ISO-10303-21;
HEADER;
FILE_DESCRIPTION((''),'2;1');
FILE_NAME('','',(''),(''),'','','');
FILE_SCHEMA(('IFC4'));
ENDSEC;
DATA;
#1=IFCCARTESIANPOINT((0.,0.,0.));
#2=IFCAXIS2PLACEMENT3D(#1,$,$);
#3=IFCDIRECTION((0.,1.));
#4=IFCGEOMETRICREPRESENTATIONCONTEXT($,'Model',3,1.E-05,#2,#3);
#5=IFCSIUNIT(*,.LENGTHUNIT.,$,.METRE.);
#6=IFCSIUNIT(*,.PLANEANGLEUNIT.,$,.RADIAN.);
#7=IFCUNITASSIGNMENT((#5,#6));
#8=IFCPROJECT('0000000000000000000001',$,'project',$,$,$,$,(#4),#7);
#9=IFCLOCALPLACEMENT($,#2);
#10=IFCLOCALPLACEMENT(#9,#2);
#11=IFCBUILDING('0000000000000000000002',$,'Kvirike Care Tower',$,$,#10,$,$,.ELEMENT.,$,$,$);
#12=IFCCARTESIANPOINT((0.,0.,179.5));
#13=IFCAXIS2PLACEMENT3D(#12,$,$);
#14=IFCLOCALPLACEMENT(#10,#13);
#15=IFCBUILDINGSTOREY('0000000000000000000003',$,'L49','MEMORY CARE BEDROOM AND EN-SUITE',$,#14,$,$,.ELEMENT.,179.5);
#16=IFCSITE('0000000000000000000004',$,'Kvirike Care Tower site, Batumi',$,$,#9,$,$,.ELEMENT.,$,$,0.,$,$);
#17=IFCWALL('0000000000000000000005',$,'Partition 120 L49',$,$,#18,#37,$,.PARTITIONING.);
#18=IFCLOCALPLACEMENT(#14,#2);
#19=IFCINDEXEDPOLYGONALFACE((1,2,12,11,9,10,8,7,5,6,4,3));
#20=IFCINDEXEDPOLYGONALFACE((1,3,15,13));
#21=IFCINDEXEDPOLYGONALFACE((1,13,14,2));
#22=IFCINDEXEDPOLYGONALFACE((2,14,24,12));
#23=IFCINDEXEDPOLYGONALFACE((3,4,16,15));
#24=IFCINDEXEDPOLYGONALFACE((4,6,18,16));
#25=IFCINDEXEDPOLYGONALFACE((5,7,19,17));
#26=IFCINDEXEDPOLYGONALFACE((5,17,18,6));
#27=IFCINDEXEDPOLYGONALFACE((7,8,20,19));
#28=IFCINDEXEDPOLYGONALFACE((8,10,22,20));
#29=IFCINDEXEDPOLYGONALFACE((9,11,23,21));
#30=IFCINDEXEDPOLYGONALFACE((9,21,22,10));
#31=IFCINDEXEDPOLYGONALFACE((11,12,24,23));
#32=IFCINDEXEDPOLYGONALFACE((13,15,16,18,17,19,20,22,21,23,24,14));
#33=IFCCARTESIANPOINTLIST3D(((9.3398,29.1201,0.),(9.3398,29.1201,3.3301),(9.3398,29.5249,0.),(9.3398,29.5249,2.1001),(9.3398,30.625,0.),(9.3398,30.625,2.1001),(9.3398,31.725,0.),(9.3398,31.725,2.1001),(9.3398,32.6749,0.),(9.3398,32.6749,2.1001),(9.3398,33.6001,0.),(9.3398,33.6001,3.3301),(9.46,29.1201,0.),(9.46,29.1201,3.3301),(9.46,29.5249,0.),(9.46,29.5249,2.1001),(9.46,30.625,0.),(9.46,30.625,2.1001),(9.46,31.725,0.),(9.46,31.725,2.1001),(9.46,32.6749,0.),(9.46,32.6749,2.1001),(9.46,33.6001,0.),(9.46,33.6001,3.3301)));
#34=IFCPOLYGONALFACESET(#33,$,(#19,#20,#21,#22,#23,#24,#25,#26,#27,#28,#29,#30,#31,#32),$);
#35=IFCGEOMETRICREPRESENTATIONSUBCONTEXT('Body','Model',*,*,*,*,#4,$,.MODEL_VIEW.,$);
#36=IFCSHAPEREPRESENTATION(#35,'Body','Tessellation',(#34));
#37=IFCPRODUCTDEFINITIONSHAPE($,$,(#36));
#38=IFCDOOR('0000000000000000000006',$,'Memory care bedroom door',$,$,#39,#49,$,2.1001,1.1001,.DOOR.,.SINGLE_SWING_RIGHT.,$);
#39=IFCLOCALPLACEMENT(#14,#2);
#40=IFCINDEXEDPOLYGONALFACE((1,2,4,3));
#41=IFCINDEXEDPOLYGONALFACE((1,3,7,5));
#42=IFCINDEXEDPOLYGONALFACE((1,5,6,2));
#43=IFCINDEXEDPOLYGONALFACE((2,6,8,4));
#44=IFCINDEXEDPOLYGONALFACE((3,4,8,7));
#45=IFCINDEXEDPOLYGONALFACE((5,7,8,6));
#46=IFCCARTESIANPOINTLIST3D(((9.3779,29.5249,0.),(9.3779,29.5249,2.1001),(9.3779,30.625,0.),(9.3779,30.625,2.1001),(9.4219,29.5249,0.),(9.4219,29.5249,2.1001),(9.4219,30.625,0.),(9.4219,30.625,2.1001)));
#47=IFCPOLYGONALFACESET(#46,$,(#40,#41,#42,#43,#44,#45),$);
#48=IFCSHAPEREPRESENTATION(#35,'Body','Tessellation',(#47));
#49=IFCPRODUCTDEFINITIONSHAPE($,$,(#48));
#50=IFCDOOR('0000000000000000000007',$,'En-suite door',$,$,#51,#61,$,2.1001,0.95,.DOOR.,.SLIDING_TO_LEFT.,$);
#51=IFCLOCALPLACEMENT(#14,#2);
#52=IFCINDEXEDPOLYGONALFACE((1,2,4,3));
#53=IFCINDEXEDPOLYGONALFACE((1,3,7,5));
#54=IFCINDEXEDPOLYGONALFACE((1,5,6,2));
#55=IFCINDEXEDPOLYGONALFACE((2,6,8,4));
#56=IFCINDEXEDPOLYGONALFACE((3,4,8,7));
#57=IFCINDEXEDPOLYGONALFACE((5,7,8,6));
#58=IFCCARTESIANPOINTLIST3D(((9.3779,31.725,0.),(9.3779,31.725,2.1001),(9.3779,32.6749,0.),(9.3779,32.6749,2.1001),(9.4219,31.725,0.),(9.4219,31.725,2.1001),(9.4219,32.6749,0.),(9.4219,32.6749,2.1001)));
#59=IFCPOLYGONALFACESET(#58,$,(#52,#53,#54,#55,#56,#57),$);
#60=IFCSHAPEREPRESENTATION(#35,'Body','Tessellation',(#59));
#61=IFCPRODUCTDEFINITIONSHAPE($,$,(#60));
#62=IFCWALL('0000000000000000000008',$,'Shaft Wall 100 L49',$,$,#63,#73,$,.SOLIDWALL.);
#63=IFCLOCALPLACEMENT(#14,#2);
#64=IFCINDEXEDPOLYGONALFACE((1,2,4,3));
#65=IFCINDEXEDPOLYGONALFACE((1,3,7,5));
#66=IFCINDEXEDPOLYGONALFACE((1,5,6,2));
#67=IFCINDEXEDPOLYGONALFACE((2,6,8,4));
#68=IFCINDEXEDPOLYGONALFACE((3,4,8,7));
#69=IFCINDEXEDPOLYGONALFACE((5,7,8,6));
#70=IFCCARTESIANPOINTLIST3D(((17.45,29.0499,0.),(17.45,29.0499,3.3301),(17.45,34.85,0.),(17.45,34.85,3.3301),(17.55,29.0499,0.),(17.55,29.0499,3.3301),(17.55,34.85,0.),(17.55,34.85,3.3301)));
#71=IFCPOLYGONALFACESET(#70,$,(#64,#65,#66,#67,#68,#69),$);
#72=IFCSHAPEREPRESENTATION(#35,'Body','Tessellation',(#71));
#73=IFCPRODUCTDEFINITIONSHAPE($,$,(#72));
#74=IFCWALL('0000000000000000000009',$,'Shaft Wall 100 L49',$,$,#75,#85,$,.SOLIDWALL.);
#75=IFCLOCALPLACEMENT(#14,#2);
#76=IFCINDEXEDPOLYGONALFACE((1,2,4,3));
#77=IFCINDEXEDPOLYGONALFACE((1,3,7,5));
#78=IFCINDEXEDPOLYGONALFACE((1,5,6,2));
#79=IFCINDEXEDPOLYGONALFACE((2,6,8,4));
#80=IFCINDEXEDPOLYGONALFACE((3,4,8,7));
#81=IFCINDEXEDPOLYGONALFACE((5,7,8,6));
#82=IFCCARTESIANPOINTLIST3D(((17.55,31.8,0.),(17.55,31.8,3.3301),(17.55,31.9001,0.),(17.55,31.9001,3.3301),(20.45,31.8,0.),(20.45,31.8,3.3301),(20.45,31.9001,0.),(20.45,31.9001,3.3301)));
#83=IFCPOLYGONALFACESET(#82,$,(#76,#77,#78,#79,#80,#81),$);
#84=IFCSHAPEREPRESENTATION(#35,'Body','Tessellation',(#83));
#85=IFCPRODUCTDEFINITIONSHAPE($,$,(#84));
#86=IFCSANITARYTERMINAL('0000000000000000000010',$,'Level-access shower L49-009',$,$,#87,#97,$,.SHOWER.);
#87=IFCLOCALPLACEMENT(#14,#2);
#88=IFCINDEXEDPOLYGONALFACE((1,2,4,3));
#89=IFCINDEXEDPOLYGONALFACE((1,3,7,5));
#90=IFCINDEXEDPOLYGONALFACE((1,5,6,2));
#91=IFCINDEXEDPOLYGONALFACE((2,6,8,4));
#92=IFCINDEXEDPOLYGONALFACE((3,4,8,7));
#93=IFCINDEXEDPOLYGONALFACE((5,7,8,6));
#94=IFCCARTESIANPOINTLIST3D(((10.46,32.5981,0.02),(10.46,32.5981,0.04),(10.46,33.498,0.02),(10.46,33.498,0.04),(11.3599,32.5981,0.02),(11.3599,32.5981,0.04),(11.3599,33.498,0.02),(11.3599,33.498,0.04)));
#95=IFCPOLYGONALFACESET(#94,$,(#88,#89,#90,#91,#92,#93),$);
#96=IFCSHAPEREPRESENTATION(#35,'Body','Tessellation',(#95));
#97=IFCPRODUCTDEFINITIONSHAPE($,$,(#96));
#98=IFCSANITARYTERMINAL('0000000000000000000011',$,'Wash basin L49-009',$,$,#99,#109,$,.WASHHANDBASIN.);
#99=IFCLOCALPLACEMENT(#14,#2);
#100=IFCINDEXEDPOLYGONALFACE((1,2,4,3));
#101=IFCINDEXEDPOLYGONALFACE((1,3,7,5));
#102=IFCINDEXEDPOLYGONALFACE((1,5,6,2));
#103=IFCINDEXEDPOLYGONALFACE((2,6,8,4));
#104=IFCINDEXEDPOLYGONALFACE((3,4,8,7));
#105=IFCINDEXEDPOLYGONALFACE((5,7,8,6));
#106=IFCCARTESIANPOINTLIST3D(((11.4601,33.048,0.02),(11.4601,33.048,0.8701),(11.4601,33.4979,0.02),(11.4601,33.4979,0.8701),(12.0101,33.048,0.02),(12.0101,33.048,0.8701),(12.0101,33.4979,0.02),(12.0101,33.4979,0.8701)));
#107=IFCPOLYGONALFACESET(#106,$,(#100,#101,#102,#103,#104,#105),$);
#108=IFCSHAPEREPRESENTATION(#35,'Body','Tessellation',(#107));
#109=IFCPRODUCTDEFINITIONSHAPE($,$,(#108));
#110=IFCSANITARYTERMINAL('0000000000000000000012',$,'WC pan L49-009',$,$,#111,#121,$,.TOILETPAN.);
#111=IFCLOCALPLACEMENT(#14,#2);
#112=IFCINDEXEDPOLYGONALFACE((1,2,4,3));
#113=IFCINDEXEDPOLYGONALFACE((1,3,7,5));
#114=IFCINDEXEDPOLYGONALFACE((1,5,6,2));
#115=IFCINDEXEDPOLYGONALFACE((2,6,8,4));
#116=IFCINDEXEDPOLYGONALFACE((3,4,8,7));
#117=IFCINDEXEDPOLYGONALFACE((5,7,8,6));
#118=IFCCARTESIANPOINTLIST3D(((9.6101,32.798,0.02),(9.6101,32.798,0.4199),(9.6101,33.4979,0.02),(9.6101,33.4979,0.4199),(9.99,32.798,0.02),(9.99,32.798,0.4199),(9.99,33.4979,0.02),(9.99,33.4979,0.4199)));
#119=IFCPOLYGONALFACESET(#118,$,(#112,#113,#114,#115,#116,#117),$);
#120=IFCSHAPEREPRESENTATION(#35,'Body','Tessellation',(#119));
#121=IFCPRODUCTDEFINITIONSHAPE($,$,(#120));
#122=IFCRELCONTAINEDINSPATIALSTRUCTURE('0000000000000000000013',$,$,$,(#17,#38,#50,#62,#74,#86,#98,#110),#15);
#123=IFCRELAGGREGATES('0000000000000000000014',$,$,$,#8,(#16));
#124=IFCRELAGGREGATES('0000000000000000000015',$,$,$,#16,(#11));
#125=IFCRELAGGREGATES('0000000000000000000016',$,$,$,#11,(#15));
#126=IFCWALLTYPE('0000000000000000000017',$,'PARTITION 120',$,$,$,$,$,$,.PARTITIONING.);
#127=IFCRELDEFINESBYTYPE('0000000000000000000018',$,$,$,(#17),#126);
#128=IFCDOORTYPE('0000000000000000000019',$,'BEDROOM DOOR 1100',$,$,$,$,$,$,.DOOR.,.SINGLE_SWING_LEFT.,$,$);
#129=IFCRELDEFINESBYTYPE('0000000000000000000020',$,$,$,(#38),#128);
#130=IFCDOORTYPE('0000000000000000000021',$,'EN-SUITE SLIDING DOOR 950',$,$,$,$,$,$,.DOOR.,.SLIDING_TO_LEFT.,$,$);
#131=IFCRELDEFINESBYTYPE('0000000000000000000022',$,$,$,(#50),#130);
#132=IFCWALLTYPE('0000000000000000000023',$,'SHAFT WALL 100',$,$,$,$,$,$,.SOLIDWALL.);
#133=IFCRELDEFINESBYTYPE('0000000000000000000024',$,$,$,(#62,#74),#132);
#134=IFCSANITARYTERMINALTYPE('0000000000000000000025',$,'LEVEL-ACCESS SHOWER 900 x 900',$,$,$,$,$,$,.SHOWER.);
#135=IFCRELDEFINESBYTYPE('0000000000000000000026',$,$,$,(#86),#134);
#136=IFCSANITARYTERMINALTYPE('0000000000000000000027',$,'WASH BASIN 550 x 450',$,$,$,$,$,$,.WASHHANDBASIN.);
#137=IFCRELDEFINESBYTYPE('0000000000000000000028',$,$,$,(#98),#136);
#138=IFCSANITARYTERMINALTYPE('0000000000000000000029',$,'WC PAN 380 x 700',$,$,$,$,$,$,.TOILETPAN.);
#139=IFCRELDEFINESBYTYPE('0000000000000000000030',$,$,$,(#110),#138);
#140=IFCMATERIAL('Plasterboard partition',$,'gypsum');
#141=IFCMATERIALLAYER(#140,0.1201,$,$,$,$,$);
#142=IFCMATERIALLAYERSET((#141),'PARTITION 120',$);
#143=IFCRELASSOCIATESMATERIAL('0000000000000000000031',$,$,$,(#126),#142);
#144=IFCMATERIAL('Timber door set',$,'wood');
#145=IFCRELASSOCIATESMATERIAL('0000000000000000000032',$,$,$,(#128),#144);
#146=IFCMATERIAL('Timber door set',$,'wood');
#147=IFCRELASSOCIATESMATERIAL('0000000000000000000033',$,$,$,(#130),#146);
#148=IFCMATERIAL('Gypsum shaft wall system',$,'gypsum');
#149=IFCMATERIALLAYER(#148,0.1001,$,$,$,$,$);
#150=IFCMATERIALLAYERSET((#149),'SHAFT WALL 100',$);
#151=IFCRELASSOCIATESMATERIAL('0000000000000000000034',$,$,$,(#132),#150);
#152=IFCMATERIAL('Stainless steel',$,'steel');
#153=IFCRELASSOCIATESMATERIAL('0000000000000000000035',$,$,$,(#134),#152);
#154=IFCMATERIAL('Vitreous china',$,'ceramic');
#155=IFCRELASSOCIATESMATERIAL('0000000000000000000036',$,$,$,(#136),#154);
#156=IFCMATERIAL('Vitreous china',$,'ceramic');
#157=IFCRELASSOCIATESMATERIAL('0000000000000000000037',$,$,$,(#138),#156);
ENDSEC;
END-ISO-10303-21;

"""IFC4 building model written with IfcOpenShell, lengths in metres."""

from ifc_helpers import new_model, si_unit, direction, frame, frame_2d, origin, origin_2d, place, context, subcontext, project, spatial, rectangle, extrude, material, layer, layer_set, type_object, element, fill, save


model = new_model("IFC4")

# Units and contexts
model_context = context("Model", 3, precision=1e-05, world=origin(), true_north=direction((0.0, 1.0)))
body_context = subcontext(model_context, "Body", "Model", "MODEL_VIEW")
ifc_project = project(units=[si_unit("LENGTHUNIT", "METRE"), si_unit("PLANEANGLEUNIT", "RADIAN")], contexts=[model_context])

# Site, building, storey
site_placement = place(None, origin())
site = spatial("IfcSite", under=ifc_project, at=site_placement, Name="Kvirike Care Tower site, Batumi", CompositionType="ELEMENT", RefElevation=0.0)
building_placement = place(site_placement, origin())
building = spatial("IfcBuilding", under=site, at=building_placement, Name="Kvirike Care Tower", CompositionType="ELEMENT")
storey_placement = place(building_placement, frame((0.0, 0.0, 179.5)))
storey = spatial("IfcBuildingStorey", under=building, at=storey_placement, Name="L49", Description="MEMORY CARE BEDROOM AND EN-SUITE", CompositionType="ELEMENT", Elevation=179.5)

# Wall, openings, doors
ifc_material_1 = material(Name="Plasterboard partition", Category="gypsum")
ifc_layer_1 = layer(ifc_material_1, 0.1201)
ifc_layer_set_1 = layer_set([ifc_layer_1], Name="PARTITION 120")
wall_type_1 = type_object("IfcWallType", Name="PARTITION 120", PredefinedType="PARTITIONING", material=ifc_layer_set_1)
wall_1_placement = place(storey_placement, frame((9.3999, 33.6001, 0.0), z_axis=(0.0, 0.0, 1.0), x_axis=(0.0, -1.0, 0.0)))
wall_1 = element("IfcWall", 1, at=wall_1_placement, inside=storey, type_object=wall_type_1, Name="Partition 120 L49", PredefinedType="PARTITIONING", context=body_context, shape_type="SweptSolid", body=[
    extrude(rectangle(XDim=4.48, YDim=0.1201, at=frame_2d((2.24, 0.0))), origin(), (0.0, 0.0, 1.0), 3.3301),
])
opening_1_placement = place(wall_1_placement, frame((2.9751, 0.0, 0.0)))
opening_1 = element("IfcOpeningElement", 2, at=opening_1_placement, cuts=wall_1, PredefinedType="OPENING", context=body_context, shape_type="SweptSolid", body=[
    extrude(rectangle(XDim=1.1001, YDim=2.1001, at=frame_2d((0.55, 1.05))), frame((0.0, 0.0706, 0.0), z_axis=(0.0, -1.0, 0.0), x_axis=(1.0, 0.0, 0.0)), (0.0, 0.0, 1.0), 0.1411),
])
opening_2_placement = place(wall_1_placement, frame((0.925, 0.0, 0.0)))
opening_2 = element("IfcOpeningElement", 3, at=opening_2_placement, cuts=wall_1, PredefinedType="OPENING", context=body_context, shape_type="SweptSolid", body=[
    extrude(rectangle(XDim=0.95, YDim=2.1001, at=frame_2d((0.4751, 1.05))), frame((0.0, 0.0706, 0.0), z_axis=(0.0, -1.0, 0.0), x_axis=(1.0, 0.0, 0.0)), (0.0, 0.0, 1.0), 0.1411),
])
ifc_material_2 = material(Name="Timber door set", Category="wood")
door_type_1 = type_object("IfcDoorType", Name="BEDROOM DOOR 1100", OperationType="SINGLE_SWING_LEFT", PredefinedType="DOOR", material=ifc_material_2)
door_1_placement = place(opening_1_placement, origin())
door_1 = element("IfcDoor", 4, at=door_1_placement, inside=storey, type_object=door_type_1, Name="Memory care bedroom door", OperationType="SINGLE_SWING_RIGHT", OverallHeight=2.1001, OverallWidth=1.1001, PredefinedType="DOOR", context=body_context, shape_type="SweptSolid", body=[
    extrude(rectangle(XDim=1.1001, YDim=2.1001, at=frame_2d((0.55, 1.05))), frame((0.0, 0.022, 0.0), z_axis=(0.0, -1.0, 0.0), x_axis=(1.0, 0.0, 0.0)), (0.0, 0.0, 1.0), 0.0439),
])
fill(opening_1, door_1)
ifc_material_3 = material(Name="Timber door set", Category="wood")
door_type_2 = type_object("IfcDoorType", Name="EN-SUITE SLIDING DOOR 950", OperationType="SLIDING_TO_LEFT", PredefinedType="DOOR", material=ifc_material_3)
door_2_placement = place(opening_2_placement, origin())
door_2 = element("IfcDoor", 5, at=door_2_placement, inside=storey, type_object=door_type_2, Name="En-suite door", OperationType="SLIDING_TO_LEFT", OverallHeight=2.1001, OverallWidth=0.95, PredefinedType="DOOR", context=body_context, shape_type="SweptSolid", body=[
    extrude(rectangle(XDim=0.95, YDim=2.1001, at=frame_2d((0.4751, 1.05))), frame((0.0, 0.022, 0.0), z_axis=(0.0, -1.0, 0.0), x_axis=(1.0, 0.0, 0.0)), (0.0, 0.0, 1.0), 0.0439),
])
fill(opening_2, door_2)

# Walls
ifc_material_4 = material(Name="Gypsum shaft wall system", Category="gypsum")
ifc_layer_2 = layer(ifc_material_4, 0.1001)
ifc_layer_set_2 = layer_set([ifc_layer_2], Name="SHAFT WALL 100")
wall_type_2 = type_object("IfcWallType", Name="SHAFT WALL 100", PredefinedType="SOLIDWALL", material=ifc_layer_set_2)
wall_2_placement = place(storey_placement, frame((17.5, 29.05, 0.0), z_axis=(0.0, 0.0, 1.0), x_axis=(0.0, 1.0, 0.0)))
element("IfcWall", 6, at=wall_2_placement, inside=storey, type_object=wall_type_2, Name="Shaft Wall 100 L49", PredefinedType="SOLIDWALL", context=body_context, shape_type="SweptSolid", body=[
    extrude(rectangle(XDim=5.8, YDim=0.1001, at=frame_2d((2.8999, 0.0))), origin(), (0.0, 0.0, 1.0), 3.3301),
])
wall_3_placement = place(storey_placement, frame((17.55, 31.8501, 0.0), z_axis=(0.0, 0.0, 1.0), x_axis=(1.0, 0.0, 0.0)))
element("IfcWall", 7, at=wall_3_placement, inside=storey, type_object=wall_type_2, Name="Shaft Wall 100 L49", PredefinedType="SOLIDWALL", context=body_context, shape_type="SweptSolid", body=[
    extrude(rectangle(XDim=2.8999, YDim=0.1001, at=frame_2d((1.45, 0.0))), origin(), (0.0, 0.0, 1.0), 3.3301),
])

# Sanitary terminals
ifc_material_5 = material(Name="Stainless steel", Category="steel")
sanitary_terminal_type_1 = type_object("IfcSanitaryTerminalType", Name="LEVEL-ACCESS SHOWER 900 x 900", PredefinedType="SHOWER", material=ifc_material_5)
sanitary_terminal_1_placement = place(storey_placement, frame((10.9099, 33.0481, 0.02), z_axis=(0.0, 0.0, 1.0), x_axis=(1.0, 0.0, 0.0)))
element("IfcSanitaryTerminal", 8, at=sanitary_terminal_1_placement, inside=storey, type_object=sanitary_terminal_type_1, Name="Level-access shower L49-009", PredefinedType="SHOWER", context=body_context, shape_type="SweptSolid", body=[
    extrude(rectangle(XDim=0.8999, YDim=0.8999, at=origin_2d()), origin(), (0.0, 0.0, 1.0), 0.02),
])
ifc_material_6 = material(Name="Vitreous china", Category="ceramic")
sanitary_terminal_type_2 = type_object("IfcSanitaryTerminalType", Name="WASH BASIN 550 x 450", PredefinedType="WASHHANDBASIN", material=ifc_material_6)
sanitary_terminal_2_placement = place(storey_placement, frame((11.7351, 33.2729, 0.02), z_axis=(0.0, 0.0, 1.0), x_axis=(1.0, 0.0, 0.0)))
element("IfcSanitaryTerminal", 9, at=sanitary_terminal_2_placement, inside=storey, type_object=sanitary_terminal_type_2, Name="Wash basin L49-009", PredefinedType="WASHHANDBASIN", context=body_context, shape_type="SweptSolid", body=[
    extrude(rectangle(XDim=0.55, YDim=0.45, at=origin_2d()), origin(), (0.0, 0.0, 1.0), 0.8501),
])
ifc_material_7 = material(Name="Vitreous china", Category="ceramic")
sanitary_terminal_type_3 = type_object("IfcSanitaryTerminalType", Name="WC PAN 380 x 700", PredefinedType="TOILETPAN", material=ifc_material_7)
sanitary_terminal_3_placement = place(storey_placement, frame((9.8, 33.1479, 0.02), z_axis=(0.0, 0.0, 1.0), x_axis=(1.0, 0.0, 0.0)))
element("IfcSanitaryTerminal", 10, at=sanitary_terminal_3_placement, inside=storey, type_object=sanitary_terminal_type_3, Name="WC pan L49-009", PredefinedType="TOILETPAN", context=body_context, shape_type="SweptSolid", body=[
    extrude(rectangle(XDim=0.3799, YDim=0.7, at=origin_2d()), origin(), (0.0, 0.0, 1.0), 0.3999),
])

save(model, "model.ifc")
